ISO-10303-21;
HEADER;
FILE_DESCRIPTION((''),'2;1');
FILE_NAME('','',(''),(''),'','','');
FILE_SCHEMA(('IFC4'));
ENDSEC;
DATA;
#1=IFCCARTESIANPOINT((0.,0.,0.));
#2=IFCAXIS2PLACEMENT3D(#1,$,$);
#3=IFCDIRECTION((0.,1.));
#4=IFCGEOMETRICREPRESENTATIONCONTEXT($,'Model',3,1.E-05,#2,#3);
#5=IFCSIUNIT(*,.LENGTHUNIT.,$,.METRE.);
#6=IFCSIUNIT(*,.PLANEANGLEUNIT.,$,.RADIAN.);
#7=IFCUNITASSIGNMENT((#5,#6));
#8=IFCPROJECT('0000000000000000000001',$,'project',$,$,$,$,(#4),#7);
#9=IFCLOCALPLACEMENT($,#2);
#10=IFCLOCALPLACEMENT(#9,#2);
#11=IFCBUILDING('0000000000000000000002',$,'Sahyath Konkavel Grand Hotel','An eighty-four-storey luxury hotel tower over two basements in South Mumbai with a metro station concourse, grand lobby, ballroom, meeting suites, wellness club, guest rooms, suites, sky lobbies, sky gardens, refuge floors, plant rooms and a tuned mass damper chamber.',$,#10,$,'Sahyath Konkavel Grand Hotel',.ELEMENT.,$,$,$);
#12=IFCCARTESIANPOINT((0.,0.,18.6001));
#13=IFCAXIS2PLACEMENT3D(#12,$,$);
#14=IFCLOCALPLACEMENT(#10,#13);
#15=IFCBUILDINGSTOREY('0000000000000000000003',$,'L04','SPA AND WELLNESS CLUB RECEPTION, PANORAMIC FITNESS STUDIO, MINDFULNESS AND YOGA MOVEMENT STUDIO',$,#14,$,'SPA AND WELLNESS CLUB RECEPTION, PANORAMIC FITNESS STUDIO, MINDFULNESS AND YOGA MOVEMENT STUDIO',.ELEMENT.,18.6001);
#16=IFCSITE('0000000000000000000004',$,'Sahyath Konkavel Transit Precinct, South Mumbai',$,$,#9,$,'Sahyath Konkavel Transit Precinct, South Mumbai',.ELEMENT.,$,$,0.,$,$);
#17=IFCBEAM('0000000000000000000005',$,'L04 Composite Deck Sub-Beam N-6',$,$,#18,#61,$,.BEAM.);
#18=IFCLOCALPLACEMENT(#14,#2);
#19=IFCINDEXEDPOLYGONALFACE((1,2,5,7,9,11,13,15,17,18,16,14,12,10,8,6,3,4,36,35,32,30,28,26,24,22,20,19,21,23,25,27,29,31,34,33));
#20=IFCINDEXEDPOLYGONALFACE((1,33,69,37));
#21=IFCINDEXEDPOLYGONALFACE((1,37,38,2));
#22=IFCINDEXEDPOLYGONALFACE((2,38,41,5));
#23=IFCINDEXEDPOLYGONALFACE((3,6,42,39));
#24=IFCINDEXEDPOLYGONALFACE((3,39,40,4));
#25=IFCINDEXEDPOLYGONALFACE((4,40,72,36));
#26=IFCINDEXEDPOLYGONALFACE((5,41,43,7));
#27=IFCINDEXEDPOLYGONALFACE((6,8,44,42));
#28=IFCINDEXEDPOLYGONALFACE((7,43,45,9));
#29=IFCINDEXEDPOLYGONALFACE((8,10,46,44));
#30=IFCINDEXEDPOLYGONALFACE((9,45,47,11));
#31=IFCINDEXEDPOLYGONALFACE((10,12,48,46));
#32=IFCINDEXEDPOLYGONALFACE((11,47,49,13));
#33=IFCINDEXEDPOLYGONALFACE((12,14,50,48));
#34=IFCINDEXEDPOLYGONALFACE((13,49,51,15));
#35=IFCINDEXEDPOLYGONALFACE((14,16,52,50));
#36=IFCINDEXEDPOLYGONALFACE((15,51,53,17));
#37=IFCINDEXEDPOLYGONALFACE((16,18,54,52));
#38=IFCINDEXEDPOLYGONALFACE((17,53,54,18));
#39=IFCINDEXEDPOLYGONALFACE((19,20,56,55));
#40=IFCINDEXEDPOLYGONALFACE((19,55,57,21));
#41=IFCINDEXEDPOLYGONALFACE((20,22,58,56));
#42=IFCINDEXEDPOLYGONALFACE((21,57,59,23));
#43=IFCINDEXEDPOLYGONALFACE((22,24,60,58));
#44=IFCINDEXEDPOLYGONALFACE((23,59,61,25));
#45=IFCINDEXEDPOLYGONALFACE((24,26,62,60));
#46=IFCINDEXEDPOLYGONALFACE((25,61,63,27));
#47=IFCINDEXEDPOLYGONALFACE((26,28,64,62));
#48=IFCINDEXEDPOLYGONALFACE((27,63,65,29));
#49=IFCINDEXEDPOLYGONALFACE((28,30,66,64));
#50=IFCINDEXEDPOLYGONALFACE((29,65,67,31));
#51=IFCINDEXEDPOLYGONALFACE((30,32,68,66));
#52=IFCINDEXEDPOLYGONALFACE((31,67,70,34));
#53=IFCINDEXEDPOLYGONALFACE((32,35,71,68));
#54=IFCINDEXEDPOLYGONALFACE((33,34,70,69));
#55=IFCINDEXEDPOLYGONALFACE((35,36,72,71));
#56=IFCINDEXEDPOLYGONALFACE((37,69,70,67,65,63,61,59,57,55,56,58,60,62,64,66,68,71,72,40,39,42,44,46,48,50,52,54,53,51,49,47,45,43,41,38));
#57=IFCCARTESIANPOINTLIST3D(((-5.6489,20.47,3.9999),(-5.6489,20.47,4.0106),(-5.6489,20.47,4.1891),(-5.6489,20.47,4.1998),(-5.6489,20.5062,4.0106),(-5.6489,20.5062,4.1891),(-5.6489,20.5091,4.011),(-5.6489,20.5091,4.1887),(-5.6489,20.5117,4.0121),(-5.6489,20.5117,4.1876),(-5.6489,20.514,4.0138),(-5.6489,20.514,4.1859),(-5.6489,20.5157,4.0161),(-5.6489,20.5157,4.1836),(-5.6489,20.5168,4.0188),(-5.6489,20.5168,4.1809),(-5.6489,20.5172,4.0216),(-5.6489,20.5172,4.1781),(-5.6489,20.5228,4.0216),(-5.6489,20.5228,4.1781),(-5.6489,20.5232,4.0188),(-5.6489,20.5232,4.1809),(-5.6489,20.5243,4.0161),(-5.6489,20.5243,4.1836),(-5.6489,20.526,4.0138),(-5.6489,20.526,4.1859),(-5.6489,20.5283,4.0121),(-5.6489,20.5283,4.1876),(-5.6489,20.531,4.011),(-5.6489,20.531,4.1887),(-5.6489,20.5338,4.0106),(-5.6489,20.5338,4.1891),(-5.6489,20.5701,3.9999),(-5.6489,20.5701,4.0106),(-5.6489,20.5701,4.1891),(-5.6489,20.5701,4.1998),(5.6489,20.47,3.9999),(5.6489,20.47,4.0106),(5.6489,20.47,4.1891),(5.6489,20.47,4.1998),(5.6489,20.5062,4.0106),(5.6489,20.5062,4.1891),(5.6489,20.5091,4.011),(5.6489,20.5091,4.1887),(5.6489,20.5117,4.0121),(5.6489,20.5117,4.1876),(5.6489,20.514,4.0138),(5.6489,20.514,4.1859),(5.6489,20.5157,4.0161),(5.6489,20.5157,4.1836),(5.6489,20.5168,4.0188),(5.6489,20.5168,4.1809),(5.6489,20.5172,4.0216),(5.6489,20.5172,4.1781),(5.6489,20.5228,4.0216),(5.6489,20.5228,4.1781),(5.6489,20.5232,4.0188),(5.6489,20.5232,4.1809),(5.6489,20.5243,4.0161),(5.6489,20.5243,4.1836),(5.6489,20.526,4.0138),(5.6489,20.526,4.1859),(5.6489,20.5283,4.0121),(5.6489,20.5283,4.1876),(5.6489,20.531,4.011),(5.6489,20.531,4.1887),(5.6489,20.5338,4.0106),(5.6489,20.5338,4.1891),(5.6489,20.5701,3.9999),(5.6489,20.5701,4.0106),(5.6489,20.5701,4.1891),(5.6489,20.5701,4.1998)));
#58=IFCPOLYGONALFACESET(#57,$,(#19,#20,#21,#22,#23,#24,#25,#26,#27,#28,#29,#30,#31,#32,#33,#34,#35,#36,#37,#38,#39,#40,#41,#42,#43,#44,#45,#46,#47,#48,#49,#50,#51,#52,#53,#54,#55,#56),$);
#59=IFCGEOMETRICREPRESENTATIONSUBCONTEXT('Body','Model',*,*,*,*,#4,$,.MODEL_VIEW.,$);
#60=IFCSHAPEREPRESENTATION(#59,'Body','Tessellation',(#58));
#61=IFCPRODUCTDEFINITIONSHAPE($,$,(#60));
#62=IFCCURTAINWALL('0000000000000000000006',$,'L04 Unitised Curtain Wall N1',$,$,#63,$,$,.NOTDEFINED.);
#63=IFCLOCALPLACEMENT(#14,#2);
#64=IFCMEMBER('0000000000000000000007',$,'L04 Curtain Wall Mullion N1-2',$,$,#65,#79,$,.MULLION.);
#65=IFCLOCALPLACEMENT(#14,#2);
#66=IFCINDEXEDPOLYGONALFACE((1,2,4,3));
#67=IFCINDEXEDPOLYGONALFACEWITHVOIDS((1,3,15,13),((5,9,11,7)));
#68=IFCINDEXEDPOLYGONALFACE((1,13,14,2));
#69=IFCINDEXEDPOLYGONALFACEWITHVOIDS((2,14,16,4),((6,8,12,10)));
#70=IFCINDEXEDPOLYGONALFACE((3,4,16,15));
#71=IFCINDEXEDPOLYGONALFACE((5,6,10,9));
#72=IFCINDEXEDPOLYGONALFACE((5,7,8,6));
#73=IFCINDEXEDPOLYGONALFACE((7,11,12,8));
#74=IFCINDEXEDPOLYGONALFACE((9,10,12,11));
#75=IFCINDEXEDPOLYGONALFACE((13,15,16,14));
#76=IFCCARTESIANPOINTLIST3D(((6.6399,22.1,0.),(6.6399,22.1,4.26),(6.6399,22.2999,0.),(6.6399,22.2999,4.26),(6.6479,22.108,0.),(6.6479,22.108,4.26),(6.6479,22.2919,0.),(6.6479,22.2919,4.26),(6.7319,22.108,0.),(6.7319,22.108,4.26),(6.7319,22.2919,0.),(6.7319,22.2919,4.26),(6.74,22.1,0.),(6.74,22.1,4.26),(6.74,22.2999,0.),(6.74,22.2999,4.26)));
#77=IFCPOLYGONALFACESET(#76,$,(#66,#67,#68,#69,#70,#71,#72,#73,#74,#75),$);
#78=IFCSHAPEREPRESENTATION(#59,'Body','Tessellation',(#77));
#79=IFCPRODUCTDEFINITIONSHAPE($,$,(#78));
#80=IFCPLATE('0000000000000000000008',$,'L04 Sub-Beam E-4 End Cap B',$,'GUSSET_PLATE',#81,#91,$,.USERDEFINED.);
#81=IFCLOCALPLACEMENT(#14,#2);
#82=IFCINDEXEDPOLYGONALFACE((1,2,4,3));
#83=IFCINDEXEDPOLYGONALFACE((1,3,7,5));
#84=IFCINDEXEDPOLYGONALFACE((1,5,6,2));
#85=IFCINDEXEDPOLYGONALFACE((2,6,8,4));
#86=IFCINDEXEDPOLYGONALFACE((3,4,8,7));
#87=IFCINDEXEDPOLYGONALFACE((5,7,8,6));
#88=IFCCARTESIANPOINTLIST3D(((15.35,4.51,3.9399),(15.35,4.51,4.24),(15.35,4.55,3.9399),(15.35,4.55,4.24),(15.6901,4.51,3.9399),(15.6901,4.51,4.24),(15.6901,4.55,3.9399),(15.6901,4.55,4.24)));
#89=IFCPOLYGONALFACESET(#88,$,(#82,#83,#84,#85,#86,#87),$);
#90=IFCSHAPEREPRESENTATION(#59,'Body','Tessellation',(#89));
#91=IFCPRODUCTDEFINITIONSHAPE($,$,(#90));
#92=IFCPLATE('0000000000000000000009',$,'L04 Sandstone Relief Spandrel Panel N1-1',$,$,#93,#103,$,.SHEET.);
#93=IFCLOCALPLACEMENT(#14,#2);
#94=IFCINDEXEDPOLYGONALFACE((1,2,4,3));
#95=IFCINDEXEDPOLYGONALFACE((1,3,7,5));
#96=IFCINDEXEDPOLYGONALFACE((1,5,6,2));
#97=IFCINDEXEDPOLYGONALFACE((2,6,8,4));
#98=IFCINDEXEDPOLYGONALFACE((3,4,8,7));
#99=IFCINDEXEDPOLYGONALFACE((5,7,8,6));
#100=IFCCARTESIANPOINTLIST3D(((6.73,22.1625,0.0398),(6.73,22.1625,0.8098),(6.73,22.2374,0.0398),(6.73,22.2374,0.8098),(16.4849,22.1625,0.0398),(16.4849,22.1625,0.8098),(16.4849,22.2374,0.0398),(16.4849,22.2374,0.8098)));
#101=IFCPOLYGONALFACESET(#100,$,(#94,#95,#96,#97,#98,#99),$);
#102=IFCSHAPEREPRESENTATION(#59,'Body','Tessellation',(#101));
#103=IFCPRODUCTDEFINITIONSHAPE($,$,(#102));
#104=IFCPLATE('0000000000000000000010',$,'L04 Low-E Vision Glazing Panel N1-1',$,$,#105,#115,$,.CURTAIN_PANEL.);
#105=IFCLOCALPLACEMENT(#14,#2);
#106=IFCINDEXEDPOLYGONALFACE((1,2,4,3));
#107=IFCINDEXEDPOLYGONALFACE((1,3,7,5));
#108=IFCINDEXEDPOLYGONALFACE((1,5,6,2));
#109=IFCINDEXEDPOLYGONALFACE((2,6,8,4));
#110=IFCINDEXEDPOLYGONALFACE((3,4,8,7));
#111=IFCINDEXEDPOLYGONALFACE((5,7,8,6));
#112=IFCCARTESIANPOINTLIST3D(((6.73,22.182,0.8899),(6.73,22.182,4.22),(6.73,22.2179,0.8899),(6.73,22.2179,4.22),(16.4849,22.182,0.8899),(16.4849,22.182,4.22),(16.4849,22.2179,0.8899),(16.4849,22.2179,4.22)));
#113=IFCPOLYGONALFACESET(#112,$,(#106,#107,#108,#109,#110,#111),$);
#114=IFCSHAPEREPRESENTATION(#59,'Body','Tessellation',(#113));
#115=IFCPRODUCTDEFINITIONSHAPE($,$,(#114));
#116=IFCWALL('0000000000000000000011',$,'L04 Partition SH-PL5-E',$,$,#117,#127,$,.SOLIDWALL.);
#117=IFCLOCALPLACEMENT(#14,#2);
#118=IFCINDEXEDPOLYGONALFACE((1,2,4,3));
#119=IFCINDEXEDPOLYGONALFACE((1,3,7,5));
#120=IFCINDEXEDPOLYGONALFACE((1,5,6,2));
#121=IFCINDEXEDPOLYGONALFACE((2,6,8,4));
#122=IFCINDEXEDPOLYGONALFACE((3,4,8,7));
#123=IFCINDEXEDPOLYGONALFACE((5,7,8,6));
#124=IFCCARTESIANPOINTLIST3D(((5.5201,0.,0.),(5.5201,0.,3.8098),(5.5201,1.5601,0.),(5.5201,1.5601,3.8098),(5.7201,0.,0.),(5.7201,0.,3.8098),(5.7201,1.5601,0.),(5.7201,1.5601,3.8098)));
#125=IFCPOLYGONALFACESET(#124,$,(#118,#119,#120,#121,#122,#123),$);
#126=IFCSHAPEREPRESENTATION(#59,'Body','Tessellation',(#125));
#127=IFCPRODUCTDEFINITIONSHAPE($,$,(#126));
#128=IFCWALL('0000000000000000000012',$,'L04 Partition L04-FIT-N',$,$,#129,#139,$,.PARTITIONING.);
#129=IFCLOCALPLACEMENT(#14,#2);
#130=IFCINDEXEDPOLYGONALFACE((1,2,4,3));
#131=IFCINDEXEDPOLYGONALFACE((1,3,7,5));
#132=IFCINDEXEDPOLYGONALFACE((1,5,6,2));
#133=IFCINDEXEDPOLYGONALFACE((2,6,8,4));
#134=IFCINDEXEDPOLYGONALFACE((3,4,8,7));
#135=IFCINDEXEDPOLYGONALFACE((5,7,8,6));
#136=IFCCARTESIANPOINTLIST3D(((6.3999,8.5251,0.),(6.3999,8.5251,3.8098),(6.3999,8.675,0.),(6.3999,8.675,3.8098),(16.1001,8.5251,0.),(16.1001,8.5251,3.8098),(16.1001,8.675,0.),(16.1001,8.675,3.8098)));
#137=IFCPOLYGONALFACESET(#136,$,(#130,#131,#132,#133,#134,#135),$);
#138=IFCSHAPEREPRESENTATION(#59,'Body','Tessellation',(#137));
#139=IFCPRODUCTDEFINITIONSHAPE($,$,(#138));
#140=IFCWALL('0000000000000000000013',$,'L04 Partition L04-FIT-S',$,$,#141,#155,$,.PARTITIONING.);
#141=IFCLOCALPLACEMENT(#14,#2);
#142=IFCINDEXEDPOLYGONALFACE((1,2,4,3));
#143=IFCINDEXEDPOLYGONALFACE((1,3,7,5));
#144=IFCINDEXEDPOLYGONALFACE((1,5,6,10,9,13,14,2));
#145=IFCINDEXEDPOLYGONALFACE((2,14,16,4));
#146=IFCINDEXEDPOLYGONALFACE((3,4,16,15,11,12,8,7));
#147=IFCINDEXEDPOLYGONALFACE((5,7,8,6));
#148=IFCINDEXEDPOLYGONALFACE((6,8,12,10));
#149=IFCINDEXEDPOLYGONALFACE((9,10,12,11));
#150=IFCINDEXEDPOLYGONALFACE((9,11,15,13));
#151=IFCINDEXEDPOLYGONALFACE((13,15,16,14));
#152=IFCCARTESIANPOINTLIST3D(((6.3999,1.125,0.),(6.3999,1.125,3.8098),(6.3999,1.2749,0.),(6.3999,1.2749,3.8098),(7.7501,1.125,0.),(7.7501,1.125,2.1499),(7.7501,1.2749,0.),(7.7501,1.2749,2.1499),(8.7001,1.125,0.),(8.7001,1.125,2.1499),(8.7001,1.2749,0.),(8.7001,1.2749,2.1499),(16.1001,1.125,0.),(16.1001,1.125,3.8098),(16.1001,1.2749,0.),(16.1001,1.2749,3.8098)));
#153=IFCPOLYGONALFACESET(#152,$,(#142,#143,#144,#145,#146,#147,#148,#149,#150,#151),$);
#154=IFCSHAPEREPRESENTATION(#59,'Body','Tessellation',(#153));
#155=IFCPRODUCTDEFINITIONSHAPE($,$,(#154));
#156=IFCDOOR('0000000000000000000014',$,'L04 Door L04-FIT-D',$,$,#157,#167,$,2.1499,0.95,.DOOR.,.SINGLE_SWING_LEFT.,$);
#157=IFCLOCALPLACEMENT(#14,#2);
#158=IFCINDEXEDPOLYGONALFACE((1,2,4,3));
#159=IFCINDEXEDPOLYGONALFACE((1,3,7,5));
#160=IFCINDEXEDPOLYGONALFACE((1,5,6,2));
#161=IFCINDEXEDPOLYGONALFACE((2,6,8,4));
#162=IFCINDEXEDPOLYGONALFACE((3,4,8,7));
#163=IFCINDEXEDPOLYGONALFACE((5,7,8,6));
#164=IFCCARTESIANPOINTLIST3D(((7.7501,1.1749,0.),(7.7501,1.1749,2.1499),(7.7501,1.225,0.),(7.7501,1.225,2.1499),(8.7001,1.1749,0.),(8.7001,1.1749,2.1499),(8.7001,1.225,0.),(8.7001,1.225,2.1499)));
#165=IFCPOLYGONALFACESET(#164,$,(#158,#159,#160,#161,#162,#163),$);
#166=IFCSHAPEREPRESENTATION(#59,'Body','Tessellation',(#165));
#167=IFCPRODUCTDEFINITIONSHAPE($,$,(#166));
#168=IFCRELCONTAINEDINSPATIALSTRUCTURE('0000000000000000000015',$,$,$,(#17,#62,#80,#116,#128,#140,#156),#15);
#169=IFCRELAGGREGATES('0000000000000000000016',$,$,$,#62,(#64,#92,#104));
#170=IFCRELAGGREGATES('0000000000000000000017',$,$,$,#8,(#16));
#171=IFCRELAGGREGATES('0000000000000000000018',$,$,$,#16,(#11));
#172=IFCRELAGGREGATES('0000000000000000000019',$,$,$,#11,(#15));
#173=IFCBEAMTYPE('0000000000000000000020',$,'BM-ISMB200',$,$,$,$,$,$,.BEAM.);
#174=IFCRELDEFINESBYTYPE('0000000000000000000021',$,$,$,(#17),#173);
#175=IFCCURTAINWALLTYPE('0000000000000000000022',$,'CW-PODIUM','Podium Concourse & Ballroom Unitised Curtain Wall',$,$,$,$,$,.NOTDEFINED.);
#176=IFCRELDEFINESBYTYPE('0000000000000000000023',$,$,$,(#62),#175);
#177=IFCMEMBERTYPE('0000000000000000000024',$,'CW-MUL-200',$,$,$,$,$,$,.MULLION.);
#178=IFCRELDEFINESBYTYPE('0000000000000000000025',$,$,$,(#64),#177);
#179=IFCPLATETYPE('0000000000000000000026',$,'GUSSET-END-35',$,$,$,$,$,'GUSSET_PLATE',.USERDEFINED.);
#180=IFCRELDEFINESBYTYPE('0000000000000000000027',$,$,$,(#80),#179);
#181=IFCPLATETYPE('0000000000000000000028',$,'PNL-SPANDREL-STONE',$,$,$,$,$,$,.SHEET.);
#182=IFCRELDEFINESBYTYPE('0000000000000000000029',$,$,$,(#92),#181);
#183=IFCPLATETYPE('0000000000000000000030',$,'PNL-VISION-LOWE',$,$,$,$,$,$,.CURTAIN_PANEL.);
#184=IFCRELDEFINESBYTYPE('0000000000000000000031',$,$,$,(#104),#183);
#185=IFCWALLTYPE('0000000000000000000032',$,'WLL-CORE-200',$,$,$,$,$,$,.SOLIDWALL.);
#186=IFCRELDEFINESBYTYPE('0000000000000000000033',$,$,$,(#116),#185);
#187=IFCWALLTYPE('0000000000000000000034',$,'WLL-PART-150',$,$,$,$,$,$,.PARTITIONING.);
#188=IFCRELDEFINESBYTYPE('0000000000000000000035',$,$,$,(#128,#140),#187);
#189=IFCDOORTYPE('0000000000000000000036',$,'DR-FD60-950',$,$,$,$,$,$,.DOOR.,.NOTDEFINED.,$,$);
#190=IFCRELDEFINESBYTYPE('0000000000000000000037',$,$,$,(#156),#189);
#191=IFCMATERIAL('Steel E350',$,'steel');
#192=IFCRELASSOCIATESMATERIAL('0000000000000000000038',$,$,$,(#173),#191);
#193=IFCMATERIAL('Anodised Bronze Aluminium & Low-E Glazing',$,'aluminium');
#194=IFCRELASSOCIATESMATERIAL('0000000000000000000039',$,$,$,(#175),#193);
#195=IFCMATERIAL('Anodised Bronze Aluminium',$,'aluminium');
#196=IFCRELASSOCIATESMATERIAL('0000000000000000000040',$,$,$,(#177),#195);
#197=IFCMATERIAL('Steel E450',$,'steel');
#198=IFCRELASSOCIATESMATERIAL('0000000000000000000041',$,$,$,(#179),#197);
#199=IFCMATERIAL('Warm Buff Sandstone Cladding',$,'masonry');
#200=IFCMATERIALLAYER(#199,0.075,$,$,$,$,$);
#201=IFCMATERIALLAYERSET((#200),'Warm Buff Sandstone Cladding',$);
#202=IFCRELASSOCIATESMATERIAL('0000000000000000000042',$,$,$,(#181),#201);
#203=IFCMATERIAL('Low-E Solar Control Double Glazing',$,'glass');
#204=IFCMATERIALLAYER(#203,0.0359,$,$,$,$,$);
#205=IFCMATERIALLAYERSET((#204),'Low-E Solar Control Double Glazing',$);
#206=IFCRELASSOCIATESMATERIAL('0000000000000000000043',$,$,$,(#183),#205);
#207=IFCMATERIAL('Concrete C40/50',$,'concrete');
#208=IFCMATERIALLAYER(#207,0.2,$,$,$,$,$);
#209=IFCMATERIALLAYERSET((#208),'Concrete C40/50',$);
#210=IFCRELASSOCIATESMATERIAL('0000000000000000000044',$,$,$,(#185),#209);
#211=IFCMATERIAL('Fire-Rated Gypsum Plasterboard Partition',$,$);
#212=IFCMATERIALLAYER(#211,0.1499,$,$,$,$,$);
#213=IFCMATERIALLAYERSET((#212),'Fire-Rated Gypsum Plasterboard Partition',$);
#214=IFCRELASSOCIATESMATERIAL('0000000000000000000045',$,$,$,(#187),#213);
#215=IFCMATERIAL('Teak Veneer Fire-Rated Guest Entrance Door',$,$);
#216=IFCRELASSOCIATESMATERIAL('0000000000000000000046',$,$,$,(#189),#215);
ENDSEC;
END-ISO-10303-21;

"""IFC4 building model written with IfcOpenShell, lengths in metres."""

from ifc_helpers import new_model, si_unit, direction, frame, frame_2d, origin, origin_2d, place, context, subcontext, project, spatial, rectangle, hollow_rectangle, i_section, extrude, source, transform, mapped, material, layer, layer_set, material_profile, profile_set, type_object, element, fill, aggregate, save


model = new_model("IFC4")

# Units and contexts
model_context = context("Model", 3, precision=1e-05, world=origin(), true_north=direction((0.0, 1.0)))
body_context = subcontext(model_context, "Body", "Model", "MODEL_VIEW")
ifc_project = project(units=[si_unit("LENGTHUNIT", "METRE"), si_unit("PLANEANGLEUNIT", "RADIAN")], contexts=[model_context])

# Site, building, storey
site_placement = place(None, origin())
site = spatial("IfcSite", under=ifc_project, at=site_placement, Name="Sahyath Konkavel Transit Precinct, South Mumbai", LongName="Sahyath Konkavel Transit Precinct, South Mumbai", CompositionType="ELEMENT", RefElevation=0.0)
building_placement = place(site_placement, origin())
building = spatial("IfcBuilding", under=site, at=building_placement, Name="Sahyath Konkavel Grand Hotel", Description="An eighty-four-storey luxury hotel tower over two basements in South Mumbai with a metro station concourse, grand lobby, ballroom, meeting suites, wellness club, guest rooms, suites, sky lobbies, sky gardens, refuge floors, plant rooms and a tuned mass damper chamber.", LongName="Sahyath Konkavel Grand Hotel", CompositionType="ELEMENT")
storey_placement = place(building_placement, frame((0.0, 0.0, 18.6001)))
storey = spatial("IfcBuildingStorey", under=building, at=storey_placement, Name="L04", Description="SPA AND WELLNESS CLUB RECEPTION, PANORAMIC FITNESS STUDIO, MINDFULNESS AND YOGA MOVEMENT STUDIO", LongName="SPA AND WELLNESS CLUB RECEPTION, PANORAMIC FITNESS STUDIO, MINDFULNESS AND YOGA MOVEMENT STUDIO", CompositionType="ELEMENT", Elevation=18.6001)

# Shared definitions
ifc_material_1 = material(Name="Steel E350", Category="steel")

# Beam
ifc_material_profile_1 = material_profile(ifc_material_1, i_section(OverallWidth=0.1001, OverallDepth=0.2, WebThickness=0.0056, FlangeThickness=0.0107, FilletRadius=0.011, at=origin_2d()), Name="ISMB 200")
ifc_profile_set_1 = profile_set([ifc_material_profile_1], Name="Steel E350")
beam_type_1 = type_object("IfcBeamType", Name="BM-ISMB200", PredefinedType="BEAM", material=ifc_profile_set_1)
shared_shape_1 = source(origin(), body_context, "Body", "SweptSolid", [
    extrude(i_section(OverallWidth=0.1001, OverallDepth=0.2, WebThickness=0.0056, FlangeThickness=0.0107, FilletRadius=0.011, at=origin_2d()), origin(), (0.0, 0.0, 1.0), 11.2979),
])
beam_1_placement = place(storey_placement, frame((5.6489, 20.52, 4.0999), z_axis=(-1.0, 0.0, 0.0), x_axis=(0.0, -1.0, 0.0)))
element("IfcBeam", 1, at=beam_1_placement, inside=storey, type_object=beam_type_1, Name="L04 Composite Deck Sub-Beam N-6", PredefinedType="BEAM", context=body_context, shape_type="MappedRepresentation", body=[
    mapped(shared_shape_1, transform((0.0, 0.0, 0.0), scale=1.0)),
])

# Curtain wall, member
ifc_material_2 = material(Name="Anodised Bronze Aluminium & Low-E Glazing", Category="aluminium")
curtain_wall_type = type_object("IfcCurtainWallType", Name="CW-PODIUM", Description="Podium Concourse & Ballroom Unitised Curtain Wall", PredefinedType="NOTDEFINED", material=ifc_material_2)
curtain_wall_placement = place(storey_placement, origin())
curtain_wall = element("IfcCurtainWall", 2, at=curtain_wall_placement, inside=storey, type_object=curtain_wall_type, Name="L04 Unitised Curtain Wall N1", PredefinedType="NOTDEFINED")
ifc_material_3 = material(Name="Anodised Bronze Aluminium", Category="aluminium")
ifc_material_profile_2 = material_profile(ifc_material_3, hollow_rectangle(XDim=0.1001, YDim=0.2, WallThickness=0.0081, at=origin_2d()), Name="RHS 200x100x8")
ifc_profile_set_2 = profile_set([ifc_material_profile_2], Name="Anodised Bronze Aluminium")
member_type = type_object("IfcMemberType", Name="CW-MUL-200", PredefinedType="MULLION", material=ifc_profile_set_2)
shared_shape_2 = source(origin(), body_context, "Body", "SweptSolid", [
    extrude(hollow_rectangle(XDim=0.1001, YDim=0.2, WallThickness=0.0081, at=origin_2d()), origin(), (0.0, 0.0, 1.0), 4.26),
])
member_placement = place(storey_placement, frame((6.6899, 22.2, 0.0), z_axis=(0.0, 0.0, 1.0), x_axis=(1.0, 0.0, 0.0)))
member = element("IfcMember", 3, at=member_placement, type_object=member_type, Name="L04 Curtain Wall Mullion N1-2", PredefinedType="MULLION", context=body_context, shape_type="MappedRepresentation", body=[
    mapped(shared_shape_2, transform((0.0, 0.0, 0.0), scale=1.0)),
])

# Plates
ifc_material_4 = material(Name="Steel E450", Category="steel")
plate_type_1 = type_object("IfcPlateType", Name="GUSSET-END-35", ElementType="GUSSET_PLATE", PredefinedType="USERDEFINED", material=ifc_material_4)
shared_shape_3 = source(origin(), body_context, "Body", "SweptSolid", [
    extrude(rectangle(XDim=0.04, YDim=0.3401, at=origin_2d()), origin(), (0.0, 0.0, 1.0), 0.3),
])
plate_1_placement = place(storey_placement, frame((15.52, 4.53, 3.9399), z_axis=(0.0, 0.0, 1.0), x_axis=(0.0, 1.0, 0.0)))
element("IfcPlate", 4, at=plate_1_placement, inside=storey, type_object=plate_type_1, Name="L04 Sub-Beam E-4 End Cap B", ObjectType="GUSSET_PLATE", PredefinedType="USERDEFINED", context=body_context, shape_type="MappedRepresentation", body=[
    mapped(shared_shape_3, transform((0.0, 0.0, 0.0), scale=1.0)),
])
ifc_material_5 = material(Name="Warm Buff Sandstone Cladding", Category="masonry")
ifc_layer_1 = layer(ifc_material_5, 0.075)
ifc_layer_set_1 = layer_set([ifc_layer_1], Name="Warm Buff Sandstone Cladding")
plate_type_2 = type_object("IfcPlateType", Name="PNL-SPANDREL-STONE", PredefinedType="SHEET", material=ifc_layer_set_1)
shared_shape_4 = source(origin(), body_context, "Body", "SweptSolid", [
    extrude(rectangle(XDim=9.7549, YDim=0.075, at=origin_2d()), origin(), (0.0, 0.0, 1.0), 0.77),
])
plate_2_placement = place(storey_placement, frame((11.6074, 22.2, 0.0398), z_axis=(0.0, 0.0, 1.0), x_axis=(-1.0, 0.0, 0.0)))
plate_2 = element("IfcPlate", 5, at=plate_2_placement, type_object=plate_type_2, Name="L04 Sandstone Relief Spandrel Panel N1-1", PredefinedType="SHEET", context=body_context, shape_type="MappedRepresentation", body=[
    mapped(shared_shape_4, transform((0.0, 0.0, 0.0), scale=1.0)),
])
ifc_material_6 = material(Name="Low-E Solar Control Double Glazing", Category="glass")
ifc_layer_2 = layer(ifc_material_6, 0.0359)
ifc_layer_set_2 = layer_set([ifc_layer_2], Name="Low-E Solar Control Double Glazing")
plate_type_3 = type_object("IfcPlateType", Name="PNL-VISION-LOWE", PredefinedType="CURTAIN_PANEL", material=ifc_layer_set_2)
shared_shape_5 = source(origin(), body_context, "Body", "SweptSolid", [
    extrude(rectangle(XDim=9.7549, YDim=0.0359, at=origin_2d()), origin(), (0.0, 0.0, 1.0), 3.3301),
])
plate_3_placement = place(storey_placement, frame((11.6074, 22.2, 0.8899), z_axis=(0.0, 0.0, 1.0), x_axis=(-1.0, 0.0, 0.0)))
plate_3 = element("IfcPlate", 6, at=plate_3_placement, type_object=plate_type_3, Name="L04 Low-E Vision Glazing Panel N1-1", PredefinedType="CURTAIN_PANEL", context=body_context, shape_type="MappedRepresentation", body=[
    mapped(shared_shape_5, transform((0.0, 0.0, 0.0), scale=1.0)),
])
aggregate(curtain_wall, [member, plate_2, plate_3])

# Walls
ifc_material_7 = material(Name="Concrete C40/50", Category="concrete")
ifc_layer_3 = layer(ifc_material_7, 0.2)
ifc_layer_set_3 = layer_set([ifc_layer_3], Name="Concrete C40/50")
wall_type_1 = type_object("IfcWallType", Name="WLL-CORE-200", PredefinedType="SOLIDWALL", material=ifc_layer_set_3)
wall_1_placement = place(storey_placement, frame((5.6201, 0.0, 0.0), z_axis=(0.0, 0.0, 1.0), x_axis=(0.0, 1.0, 0.0)))
element("IfcWall", 7, at=wall_1_placement, inside=storey, type_object=wall_type_1, Name="L04 Partition SH-PL5-E", PredefinedType="SOLIDWALL", context=body_context, shape_type="SweptSolid", body=[
    extrude(rectangle(XDim=1.5601, YDim=0.2, at=frame_2d((0.78, 0.0))), origin(), (0.0, 0.0, 1.0), 3.8098),
])
ifc_material_8 = material(Name="Fire-Rated Gypsum Plasterboard Partition")
ifc_layer_4 = layer(ifc_material_8, 0.1499)
ifc_layer_set_4 = layer_set([ifc_layer_4], Name="Fire-Rated Gypsum Plasterboard Partition")
wall_type_2 = type_object("IfcWallType", Name="WLL-PART-150", PredefinedType="PARTITIONING", material=ifc_layer_set_4)
wall_2_placement = place(storey_placement, frame((6.3999, 8.6001, 0.0), z_axis=(0.0, 0.0, 1.0), x_axis=(1.0, 0.0, 0.0)))
element("IfcWall", 8, at=wall_2_placement, inside=storey, type_object=wall_type_2, Name="L04 Partition L04-FIT-N", PredefinedType="PARTITIONING", context=body_context, shape_type="SweptSolid", body=[
    extrude(rectangle(XDim=9.7002, YDim=0.1499, at=frame_2d((4.8501, 0.0))), origin(), (0.0, 0.0, 1.0), 3.8098),
])

# Wall, opening, door
wall_3_placement = place(storey_placement, frame((6.3999, 1.2, 0.0), z_axis=(0.0, 0.0, 1.0), x_axis=(1.0, 0.0, 0.0)))
wall_3 = element("IfcWall", 9, at=wall_3_placement, inside=storey, type_object=wall_type_2, Name="L04 Partition L04-FIT-S", PredefinedType="PARTITIONING", context=body_context, shape_type="SweptSolid", body=[
    extrude(rectangle(XDim=9.7002, YDim=0.1499, at=frame_2d((4.8501, 0.0))), origin(), (0.0, 0.0, 1.0), 3.8098),
])
opening_1_placement = place(wall_3_placement, frame((1.3501, 0.0, 0.0)))
opening_1 = element("IfcOpeningElement", 10, at=opening_1_placement, cuts=wall_3, PredefinedType="OPENING", context=body_context, shape_type="SweptSolid", body=[
    extrude(rectangle(XDim=0.95, YDim=2.1499, at=frame_2d((0.4751, 1.075))), frame((0.0, 0.085, 0.0), z_axis=(0.0, -1.0, 0.0), x_axis=(1.0, 0.0, 0.0)), (0.0, 0.0, 1.0), 0.1699),
])
ifc_material_9 = material(Name="Teak Veneer Fire-Rated Guest Entrance Door")
door_type = type_object("IfcDoorType", Name="DR-FD60-950", OperationType="NOTDEFINED", PredefinedType="DOOR", material=ifc_material_9)
shared_shape_6 = source(origin(), body_context, "Body", "SweptSolid", [
    extrude(rectangle(XDim=0.95, YDim=0.05, at=origin_2d()), origin(), (0.0, 0.0, 1.0), 2.1499),
])
door_1_placement = place(opening_1_placement, frame((0.4751, 0.0, 0.0)))
door_1 = element("IfcDoor", 11, at=door_1_placement, inside=storey, type_object=door_type, Name="L04 Door L04-FIT-D", OperationType="SINGLE_SWING_LEFT", OverallHeight=2.1499, OverallWidth=0.95, PredefinedType="DOOR", context=body_context, shape_type="MappedRepresentation", body=[
    mapped(shared_shape_6, transform((0.0, 0.0, 0.0), scale=1.0)),
])
fill(opening_1, door_1)

save(model, "model.ifc")
